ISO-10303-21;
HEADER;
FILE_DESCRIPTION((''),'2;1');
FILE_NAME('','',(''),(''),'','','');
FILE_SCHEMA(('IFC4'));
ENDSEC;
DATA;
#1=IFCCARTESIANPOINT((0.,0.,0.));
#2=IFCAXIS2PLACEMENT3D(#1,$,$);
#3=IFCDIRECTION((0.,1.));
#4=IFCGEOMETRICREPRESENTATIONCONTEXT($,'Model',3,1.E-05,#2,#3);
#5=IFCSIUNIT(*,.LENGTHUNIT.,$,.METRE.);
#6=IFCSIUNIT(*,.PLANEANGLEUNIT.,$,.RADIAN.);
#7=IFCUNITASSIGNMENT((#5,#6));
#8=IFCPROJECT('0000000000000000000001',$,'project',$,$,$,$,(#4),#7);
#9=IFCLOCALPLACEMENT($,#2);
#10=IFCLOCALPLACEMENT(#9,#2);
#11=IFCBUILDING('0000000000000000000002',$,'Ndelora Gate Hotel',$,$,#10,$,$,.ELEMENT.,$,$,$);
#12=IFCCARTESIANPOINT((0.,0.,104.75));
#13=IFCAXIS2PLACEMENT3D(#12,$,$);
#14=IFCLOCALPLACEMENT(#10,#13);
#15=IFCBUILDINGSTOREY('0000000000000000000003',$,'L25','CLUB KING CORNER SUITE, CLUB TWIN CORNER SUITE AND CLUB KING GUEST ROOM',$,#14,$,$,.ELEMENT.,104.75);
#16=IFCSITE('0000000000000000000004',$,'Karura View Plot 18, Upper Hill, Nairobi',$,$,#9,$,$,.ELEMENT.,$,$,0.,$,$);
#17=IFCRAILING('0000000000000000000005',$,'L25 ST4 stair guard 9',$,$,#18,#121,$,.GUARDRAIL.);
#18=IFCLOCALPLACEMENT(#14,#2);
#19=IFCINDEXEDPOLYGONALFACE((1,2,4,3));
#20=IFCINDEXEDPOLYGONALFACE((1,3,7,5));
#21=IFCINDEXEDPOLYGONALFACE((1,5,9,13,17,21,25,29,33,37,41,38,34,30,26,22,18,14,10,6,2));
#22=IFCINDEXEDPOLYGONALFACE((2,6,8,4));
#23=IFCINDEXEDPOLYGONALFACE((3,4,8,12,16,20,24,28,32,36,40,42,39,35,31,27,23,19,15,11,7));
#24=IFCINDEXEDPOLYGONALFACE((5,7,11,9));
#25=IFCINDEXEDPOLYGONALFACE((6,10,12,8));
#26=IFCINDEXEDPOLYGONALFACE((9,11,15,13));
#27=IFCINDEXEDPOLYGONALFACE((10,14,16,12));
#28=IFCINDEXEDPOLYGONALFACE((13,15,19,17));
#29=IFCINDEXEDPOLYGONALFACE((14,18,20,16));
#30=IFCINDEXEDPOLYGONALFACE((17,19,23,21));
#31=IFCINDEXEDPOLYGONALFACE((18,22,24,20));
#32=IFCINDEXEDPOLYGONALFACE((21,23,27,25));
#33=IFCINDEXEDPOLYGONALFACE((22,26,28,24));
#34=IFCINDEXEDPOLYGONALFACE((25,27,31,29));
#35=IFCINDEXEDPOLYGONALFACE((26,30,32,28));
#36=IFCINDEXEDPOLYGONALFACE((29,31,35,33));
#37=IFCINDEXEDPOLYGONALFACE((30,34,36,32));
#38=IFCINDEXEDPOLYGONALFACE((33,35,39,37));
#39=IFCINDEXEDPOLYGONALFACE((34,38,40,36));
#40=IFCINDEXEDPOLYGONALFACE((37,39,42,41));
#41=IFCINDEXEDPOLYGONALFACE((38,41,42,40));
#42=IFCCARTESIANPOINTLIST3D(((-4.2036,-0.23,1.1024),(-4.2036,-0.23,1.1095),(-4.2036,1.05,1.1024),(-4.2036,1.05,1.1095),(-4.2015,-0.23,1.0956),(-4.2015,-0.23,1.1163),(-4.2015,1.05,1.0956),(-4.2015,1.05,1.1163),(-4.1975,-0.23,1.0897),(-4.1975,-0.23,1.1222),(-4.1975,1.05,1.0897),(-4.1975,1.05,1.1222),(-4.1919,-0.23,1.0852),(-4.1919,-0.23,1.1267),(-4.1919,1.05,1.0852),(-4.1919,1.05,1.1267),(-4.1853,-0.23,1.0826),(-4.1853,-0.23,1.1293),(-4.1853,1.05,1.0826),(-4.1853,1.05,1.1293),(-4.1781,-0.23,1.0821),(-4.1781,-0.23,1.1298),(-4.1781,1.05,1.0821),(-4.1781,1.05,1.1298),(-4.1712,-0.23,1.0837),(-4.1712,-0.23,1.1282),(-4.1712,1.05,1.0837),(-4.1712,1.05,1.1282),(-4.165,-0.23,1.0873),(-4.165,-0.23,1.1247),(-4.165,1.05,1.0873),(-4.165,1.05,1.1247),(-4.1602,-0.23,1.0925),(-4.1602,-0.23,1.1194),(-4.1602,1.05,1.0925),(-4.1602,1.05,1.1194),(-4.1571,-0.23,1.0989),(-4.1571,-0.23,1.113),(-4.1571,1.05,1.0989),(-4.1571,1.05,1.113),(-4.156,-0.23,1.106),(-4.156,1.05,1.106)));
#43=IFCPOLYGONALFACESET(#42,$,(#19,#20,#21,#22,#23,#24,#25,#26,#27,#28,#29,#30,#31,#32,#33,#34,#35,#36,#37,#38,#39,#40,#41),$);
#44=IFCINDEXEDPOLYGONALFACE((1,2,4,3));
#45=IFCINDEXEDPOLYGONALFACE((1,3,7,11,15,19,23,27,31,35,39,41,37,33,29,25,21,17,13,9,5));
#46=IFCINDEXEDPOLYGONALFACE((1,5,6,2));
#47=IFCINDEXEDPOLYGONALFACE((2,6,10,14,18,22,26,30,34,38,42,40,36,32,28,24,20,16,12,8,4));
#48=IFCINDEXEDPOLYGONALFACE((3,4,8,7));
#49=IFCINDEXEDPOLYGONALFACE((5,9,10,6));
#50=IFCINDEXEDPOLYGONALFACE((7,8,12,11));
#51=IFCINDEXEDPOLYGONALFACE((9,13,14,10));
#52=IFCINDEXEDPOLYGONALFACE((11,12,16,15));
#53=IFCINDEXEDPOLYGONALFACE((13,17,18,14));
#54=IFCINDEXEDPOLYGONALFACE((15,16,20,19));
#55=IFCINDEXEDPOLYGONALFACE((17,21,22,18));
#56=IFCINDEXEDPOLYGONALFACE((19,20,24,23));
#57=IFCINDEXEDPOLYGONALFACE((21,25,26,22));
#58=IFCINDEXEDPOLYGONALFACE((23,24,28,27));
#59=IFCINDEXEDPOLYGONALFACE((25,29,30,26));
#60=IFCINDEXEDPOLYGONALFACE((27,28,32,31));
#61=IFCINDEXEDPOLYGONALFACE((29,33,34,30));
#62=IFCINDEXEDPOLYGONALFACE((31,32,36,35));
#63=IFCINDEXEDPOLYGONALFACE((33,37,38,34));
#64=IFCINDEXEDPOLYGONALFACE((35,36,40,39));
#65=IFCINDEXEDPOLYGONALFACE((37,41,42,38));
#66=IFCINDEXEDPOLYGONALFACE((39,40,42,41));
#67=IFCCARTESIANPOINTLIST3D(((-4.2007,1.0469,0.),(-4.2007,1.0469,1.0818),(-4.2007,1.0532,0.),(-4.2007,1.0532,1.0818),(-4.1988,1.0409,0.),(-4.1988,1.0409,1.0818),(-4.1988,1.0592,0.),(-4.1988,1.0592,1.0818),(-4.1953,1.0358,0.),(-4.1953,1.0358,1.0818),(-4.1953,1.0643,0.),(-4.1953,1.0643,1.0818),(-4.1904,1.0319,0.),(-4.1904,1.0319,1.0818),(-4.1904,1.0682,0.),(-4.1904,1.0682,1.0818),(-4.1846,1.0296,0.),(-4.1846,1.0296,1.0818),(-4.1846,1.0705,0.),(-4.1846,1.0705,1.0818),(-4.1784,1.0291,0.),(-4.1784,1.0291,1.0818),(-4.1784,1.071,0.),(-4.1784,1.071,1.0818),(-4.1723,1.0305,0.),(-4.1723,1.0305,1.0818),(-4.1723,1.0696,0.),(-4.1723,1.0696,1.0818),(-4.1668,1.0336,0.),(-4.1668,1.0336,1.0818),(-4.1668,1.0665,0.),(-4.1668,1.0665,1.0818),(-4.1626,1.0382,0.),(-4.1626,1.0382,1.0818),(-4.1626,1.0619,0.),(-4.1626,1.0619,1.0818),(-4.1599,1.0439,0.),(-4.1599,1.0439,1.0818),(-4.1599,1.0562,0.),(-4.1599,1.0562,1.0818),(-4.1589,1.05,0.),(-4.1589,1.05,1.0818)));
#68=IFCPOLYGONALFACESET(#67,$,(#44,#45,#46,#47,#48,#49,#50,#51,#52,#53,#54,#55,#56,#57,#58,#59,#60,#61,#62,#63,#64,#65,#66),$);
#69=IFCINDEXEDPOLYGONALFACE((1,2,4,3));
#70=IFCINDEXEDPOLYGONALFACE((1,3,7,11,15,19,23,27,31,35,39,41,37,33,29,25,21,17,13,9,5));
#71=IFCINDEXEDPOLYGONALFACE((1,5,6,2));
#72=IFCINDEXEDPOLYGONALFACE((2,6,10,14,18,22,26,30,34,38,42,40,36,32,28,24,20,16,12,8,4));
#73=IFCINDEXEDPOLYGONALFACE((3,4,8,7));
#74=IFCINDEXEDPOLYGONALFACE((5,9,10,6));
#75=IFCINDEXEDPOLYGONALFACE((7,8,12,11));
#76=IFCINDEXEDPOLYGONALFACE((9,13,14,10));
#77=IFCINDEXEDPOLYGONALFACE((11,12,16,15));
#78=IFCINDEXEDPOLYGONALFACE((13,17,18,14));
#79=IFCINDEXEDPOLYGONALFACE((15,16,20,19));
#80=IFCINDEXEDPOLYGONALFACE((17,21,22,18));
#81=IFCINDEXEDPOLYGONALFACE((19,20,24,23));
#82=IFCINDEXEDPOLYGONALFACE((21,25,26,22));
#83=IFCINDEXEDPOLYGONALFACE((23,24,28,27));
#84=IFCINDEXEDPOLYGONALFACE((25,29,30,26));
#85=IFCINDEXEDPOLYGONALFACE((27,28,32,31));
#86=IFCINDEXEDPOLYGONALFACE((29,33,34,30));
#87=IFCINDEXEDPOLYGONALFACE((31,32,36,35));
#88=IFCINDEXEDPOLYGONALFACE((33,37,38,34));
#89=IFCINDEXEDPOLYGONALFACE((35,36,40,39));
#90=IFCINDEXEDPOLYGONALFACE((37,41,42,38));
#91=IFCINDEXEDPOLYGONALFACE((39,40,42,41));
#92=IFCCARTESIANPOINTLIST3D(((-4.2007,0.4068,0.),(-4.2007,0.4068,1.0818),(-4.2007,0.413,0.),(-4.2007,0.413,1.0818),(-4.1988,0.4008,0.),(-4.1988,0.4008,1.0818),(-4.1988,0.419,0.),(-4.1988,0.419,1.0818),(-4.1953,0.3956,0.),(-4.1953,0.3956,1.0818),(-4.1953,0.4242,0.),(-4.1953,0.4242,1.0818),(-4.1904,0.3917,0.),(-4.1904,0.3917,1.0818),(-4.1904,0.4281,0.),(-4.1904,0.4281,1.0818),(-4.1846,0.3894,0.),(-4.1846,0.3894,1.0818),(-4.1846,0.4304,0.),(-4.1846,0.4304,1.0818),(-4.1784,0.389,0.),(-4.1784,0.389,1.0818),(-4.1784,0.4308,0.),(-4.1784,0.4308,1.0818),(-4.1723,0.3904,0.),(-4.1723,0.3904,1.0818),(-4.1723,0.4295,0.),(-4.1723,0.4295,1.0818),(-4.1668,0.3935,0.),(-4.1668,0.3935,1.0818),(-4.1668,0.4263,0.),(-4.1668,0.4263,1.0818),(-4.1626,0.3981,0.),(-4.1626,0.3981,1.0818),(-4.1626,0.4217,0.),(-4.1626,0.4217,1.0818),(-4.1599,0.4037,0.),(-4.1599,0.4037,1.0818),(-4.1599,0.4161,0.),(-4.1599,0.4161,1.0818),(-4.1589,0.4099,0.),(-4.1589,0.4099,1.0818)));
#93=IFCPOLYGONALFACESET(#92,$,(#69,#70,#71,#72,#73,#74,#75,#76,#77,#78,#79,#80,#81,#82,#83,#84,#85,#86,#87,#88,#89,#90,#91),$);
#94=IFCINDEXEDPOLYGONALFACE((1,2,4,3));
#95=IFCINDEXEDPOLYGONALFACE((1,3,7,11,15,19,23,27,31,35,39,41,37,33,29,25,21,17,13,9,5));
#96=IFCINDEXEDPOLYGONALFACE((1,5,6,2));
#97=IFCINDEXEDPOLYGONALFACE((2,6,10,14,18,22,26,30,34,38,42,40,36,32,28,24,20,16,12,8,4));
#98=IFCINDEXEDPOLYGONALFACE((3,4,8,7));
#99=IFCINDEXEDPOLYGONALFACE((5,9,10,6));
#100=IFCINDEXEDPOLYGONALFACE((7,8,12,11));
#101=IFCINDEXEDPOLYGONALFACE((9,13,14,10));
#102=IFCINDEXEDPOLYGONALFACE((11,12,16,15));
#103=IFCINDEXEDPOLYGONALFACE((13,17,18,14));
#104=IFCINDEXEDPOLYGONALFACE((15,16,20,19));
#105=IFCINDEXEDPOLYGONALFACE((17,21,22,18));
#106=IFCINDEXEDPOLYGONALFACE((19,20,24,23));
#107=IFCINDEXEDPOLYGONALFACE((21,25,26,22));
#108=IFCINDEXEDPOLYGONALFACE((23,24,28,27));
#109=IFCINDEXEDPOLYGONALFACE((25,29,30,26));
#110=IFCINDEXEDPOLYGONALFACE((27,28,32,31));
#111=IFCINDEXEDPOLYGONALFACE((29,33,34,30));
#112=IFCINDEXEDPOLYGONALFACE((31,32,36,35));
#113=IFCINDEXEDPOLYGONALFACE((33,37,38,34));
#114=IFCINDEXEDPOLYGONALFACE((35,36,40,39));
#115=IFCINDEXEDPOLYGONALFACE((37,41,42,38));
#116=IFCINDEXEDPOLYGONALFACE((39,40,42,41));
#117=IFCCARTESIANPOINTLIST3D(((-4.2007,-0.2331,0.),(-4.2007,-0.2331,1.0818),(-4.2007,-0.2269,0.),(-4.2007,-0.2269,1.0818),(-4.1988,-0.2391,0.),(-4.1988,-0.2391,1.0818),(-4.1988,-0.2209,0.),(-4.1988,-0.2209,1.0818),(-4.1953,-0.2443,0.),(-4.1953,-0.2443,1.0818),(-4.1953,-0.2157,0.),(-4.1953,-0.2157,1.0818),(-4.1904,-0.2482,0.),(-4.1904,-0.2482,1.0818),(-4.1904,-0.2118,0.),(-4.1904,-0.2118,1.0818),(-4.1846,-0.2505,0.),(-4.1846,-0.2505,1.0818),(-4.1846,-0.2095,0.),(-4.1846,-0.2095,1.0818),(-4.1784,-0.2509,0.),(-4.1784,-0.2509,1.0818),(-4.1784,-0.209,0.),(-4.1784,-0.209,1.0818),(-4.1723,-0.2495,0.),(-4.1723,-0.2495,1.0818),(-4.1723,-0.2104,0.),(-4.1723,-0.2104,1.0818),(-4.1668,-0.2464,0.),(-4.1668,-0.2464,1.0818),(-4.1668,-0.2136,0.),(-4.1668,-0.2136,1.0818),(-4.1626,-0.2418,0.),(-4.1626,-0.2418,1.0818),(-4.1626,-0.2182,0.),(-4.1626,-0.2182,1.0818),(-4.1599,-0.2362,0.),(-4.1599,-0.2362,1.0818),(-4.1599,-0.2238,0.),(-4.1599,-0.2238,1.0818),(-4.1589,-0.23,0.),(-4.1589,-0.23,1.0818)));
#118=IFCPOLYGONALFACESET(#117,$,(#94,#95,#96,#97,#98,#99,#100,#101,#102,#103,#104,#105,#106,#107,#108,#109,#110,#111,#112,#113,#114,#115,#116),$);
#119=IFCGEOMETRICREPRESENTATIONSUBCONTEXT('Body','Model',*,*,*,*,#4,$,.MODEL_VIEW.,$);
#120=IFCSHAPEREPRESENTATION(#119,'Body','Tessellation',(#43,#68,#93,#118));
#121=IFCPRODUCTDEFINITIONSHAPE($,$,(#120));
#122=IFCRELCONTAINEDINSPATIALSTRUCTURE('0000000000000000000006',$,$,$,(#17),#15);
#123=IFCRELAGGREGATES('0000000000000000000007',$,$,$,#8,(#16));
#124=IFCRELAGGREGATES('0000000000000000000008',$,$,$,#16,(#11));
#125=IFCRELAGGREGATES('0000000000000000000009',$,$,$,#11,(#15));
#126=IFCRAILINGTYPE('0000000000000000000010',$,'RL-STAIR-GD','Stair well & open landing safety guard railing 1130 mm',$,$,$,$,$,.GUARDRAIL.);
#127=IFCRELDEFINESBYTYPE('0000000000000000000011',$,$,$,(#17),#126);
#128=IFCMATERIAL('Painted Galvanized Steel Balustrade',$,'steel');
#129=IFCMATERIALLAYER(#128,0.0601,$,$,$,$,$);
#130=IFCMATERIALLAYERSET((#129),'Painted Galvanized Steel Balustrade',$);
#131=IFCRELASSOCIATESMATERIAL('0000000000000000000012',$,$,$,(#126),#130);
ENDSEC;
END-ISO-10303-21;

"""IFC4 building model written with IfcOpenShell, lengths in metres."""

from ifc_helpers import new_model, si_unit, direction, frame, origin, origin_2d, place, context, subcontext, project, spatial, circle, extrude, material, layer, layer_set, type_object, element, save


model = new_model("IFC4")

# Units and contexts
model_context = context("Model", 3, precision=1e-05, world=origin(), true_north=direction((0.0, 1.0)))
body_context = subcontext(model_context, "Body", "Model", "MODEL_VIEW")
ifc_project = project(units=[si_unit("LENGTHUNIT", "METRE"), si_unit("PLANEANGLEUNIT", "RADIAN")], contexts=[model_context])

# Site, building, storey
site_placement = place(None, origin())
site = spatial("IfcSite", under=ifc_project, at=site_placement, Name="Karura View Plot 18, Upper Hill, Nairobi", CompositionType="ELEMENT", RefElevation=0.0)
building_placement = place(site_placement, origin())
building = spatial("IfcBuilding", under=site, at=building_placement, Name="Ndelora Gate Hotel", CompositionType="ELEMENT")
storey_placement = place(building_placement, frame((0.0, 0.0, 104.75)))
storey = spatial("IfcBuildingStorey", under=building, at=storey_placement, Name="L25", Description="CLUB KING CORNER SUITE, CLUB TWIN CORNER SUITE AND CLUB KING GUEST ROOM", CompositionType="ELEMENT", Elevation=104.75)

# Railing
ifc_material_1 = material(Name="Painted Galvanized Steel Balustrade", Category="steel")
ifc_layer_1 = layer(ifc_material_1, 0.0601)
ifc_layer_set_1 = layer_set([ifc_layer_1], Name="Painted Galvanized Steel Balustrade")
railing_type = type_object("IfcRailingType", Name="RL-STAIR-GD", Description="Stair well & open landing safety guard railing 1130 mm", PredefinedType="GUARDRAIL", material=ifc_layer_set_1)
for number, where, name in (
    (1, (-4.1799, 1.05, 0.0), "L25 ST4 stair guard 9"),
):
    element("IfcRailing", number, at=place(storey_placement, frame(where)), inside=storey, type_object=railing_type, Name=name, PredefinedType="GUARDRAIL", context=body_context, shape_type="SweptSolid", body=[
        extrude(circle(Radius=0.0239, at=origin_2d()), frame((0.0, 0.0, 1.106), z_axis=(0.0, -1.0, 0.0), x_axis=(1.0, 0.0, 0.0)), (0.0, 0.0, 1.0), 1.28),
        extrude(circle(Radius=0.021, at=origin_2d()), origin(), (0.0, 0.0, 1.0), 1.0818),
        extrude(circle(Radius=0.021, at=origin_2d()), frame((0.0, -0.6401, 0.0)), (0.0, 0.0, 1.0), 1.0818),
        extrude(circle(Radius=0.021, at=origin_2d()), frame((0.0, -1.28, 0.0)), (0.0, 0.0, 1.0), 1.0818),
    ])

save(model, "model.ifc")
